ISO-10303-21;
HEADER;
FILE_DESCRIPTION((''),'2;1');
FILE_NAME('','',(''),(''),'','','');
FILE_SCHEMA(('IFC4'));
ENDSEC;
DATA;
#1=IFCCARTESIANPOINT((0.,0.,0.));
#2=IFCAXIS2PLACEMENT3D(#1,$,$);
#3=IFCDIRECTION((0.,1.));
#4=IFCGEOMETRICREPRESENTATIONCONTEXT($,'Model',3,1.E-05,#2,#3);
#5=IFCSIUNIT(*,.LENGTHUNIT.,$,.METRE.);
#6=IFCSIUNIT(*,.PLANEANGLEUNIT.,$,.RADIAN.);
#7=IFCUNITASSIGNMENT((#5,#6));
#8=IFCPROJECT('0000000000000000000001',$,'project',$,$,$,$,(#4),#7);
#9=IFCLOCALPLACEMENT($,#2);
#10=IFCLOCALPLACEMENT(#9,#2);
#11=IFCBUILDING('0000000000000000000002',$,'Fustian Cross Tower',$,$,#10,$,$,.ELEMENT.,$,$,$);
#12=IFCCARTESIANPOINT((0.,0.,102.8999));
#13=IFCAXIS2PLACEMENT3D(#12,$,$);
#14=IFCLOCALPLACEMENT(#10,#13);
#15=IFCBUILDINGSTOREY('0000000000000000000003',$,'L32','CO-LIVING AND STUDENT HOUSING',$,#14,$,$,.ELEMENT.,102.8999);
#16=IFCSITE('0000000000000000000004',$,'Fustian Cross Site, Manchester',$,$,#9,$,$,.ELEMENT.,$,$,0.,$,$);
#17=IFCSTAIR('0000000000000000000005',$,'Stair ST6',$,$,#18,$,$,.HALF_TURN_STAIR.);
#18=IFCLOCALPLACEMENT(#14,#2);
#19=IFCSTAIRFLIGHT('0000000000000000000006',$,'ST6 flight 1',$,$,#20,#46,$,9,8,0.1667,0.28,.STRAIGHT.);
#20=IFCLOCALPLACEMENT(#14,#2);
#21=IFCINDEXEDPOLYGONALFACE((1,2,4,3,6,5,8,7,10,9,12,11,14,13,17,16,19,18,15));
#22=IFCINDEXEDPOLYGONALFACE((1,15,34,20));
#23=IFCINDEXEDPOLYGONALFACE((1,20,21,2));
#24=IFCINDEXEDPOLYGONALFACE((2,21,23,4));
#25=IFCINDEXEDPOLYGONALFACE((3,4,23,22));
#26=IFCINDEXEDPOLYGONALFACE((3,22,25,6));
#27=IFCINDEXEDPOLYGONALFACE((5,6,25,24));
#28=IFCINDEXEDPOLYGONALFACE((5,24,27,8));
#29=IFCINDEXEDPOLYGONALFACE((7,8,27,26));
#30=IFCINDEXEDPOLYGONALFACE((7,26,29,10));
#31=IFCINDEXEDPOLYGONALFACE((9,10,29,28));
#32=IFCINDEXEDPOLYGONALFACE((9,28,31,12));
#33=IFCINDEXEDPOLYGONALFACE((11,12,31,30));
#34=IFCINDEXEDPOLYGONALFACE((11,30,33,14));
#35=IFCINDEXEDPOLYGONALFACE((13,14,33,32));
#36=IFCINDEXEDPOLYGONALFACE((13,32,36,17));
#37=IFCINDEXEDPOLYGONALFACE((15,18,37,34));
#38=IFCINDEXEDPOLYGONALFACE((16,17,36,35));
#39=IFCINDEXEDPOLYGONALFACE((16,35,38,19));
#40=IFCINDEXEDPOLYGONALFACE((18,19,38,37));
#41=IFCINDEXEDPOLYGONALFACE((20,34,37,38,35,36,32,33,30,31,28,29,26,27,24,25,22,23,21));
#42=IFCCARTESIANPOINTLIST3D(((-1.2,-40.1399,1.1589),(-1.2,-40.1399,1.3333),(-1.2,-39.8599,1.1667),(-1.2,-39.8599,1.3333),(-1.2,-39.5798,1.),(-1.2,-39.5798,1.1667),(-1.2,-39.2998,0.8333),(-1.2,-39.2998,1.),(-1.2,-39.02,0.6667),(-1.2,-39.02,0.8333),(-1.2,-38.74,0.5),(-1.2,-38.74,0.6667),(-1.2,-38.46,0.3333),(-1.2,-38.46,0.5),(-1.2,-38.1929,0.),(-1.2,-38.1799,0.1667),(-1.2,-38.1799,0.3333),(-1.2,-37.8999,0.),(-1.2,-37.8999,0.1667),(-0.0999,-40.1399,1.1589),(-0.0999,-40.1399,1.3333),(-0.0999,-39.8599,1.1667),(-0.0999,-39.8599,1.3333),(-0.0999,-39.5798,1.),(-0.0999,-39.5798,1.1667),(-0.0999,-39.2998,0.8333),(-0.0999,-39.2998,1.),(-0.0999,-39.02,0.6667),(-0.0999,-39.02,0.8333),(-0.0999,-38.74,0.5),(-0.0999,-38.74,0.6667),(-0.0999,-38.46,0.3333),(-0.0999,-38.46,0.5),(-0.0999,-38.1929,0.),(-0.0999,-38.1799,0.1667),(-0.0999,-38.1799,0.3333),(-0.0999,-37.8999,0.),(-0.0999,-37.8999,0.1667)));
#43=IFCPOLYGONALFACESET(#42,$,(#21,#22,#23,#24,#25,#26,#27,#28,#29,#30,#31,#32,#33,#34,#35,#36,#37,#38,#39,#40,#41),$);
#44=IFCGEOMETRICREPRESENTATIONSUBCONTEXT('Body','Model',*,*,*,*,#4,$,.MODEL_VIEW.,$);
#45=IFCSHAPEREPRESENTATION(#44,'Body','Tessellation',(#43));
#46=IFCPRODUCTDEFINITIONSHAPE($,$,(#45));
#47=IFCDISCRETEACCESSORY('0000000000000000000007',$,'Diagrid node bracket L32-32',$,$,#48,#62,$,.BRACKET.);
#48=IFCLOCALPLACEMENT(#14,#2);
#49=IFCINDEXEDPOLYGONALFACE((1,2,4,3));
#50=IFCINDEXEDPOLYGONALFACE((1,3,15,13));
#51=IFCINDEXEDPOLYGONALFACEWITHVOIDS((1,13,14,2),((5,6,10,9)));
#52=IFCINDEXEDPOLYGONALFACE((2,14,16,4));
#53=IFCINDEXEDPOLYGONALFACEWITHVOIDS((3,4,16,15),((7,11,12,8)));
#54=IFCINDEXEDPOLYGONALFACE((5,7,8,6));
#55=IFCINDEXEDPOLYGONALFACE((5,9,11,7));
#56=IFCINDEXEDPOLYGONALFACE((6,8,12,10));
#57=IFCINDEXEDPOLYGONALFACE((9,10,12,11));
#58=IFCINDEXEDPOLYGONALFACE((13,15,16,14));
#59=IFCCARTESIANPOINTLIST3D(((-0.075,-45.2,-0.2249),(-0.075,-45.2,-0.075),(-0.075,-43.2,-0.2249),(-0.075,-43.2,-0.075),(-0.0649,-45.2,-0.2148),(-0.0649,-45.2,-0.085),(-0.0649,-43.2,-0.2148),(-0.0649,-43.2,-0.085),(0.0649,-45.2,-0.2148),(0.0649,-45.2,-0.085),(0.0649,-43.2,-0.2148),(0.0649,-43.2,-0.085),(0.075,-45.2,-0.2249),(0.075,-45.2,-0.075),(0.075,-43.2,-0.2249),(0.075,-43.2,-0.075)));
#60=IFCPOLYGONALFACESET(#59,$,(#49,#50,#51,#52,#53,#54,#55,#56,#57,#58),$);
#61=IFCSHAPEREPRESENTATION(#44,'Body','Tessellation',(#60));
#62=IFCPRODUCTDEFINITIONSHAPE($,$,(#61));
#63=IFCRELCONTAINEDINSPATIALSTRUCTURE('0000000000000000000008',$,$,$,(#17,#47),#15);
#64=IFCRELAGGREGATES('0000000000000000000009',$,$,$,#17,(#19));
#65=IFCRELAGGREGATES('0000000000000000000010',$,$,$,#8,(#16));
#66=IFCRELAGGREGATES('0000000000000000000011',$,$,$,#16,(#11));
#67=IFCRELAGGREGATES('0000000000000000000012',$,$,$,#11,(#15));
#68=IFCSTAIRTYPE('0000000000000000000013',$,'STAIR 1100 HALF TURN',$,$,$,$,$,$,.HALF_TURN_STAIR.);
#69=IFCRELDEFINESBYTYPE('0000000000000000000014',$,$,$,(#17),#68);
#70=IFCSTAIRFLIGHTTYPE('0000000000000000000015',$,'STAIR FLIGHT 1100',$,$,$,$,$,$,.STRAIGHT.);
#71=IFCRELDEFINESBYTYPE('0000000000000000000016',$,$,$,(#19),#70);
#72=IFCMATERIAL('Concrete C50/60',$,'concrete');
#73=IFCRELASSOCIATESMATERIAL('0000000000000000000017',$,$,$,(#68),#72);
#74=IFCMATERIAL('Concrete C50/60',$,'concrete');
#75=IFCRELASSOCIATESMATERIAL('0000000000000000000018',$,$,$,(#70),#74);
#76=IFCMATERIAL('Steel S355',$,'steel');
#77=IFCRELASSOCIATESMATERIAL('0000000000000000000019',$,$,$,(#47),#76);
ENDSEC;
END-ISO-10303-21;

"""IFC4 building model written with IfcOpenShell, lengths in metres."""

from ifc_helpers import new_model, si_unit, direction, frame, origin, origin_2d, place, context, subcontext, project, spatial, polyline, hollow_rectangle, outline, extrude, material, type_object, element, aggregate, save


model = new_model("IFC4")

# Units and contexts
model_context = context("Model", 3, precision=1e-05, world=origin(), true_north=direction((0.0, 1.0)))
body_context = subcontext(model_context, "Body", "Model", "MODEL_VIEW")
ifc_project = project(units=[si_unit("LENGTHUNIT", "METRE"), si_unit("PLANEANGLEUNIT", "RADIAN")], contexts=[model_context])

# Site, building, storey
site_placement = place(None, origin())
site = spatial("IfcSite", under=ifc_project, at=site_placement, Name="Fustian Cross Site, Manchester", CompositionType="ELEMENT", RefElevation=0.0)
building_placement = place(site_placement, origin())
building = spatial("IfcBuilding", under=site, at=building_placement, Name="Fustian Cross Tower", CompositionType="ELEMENT")
storey_placement = place(building_placement, frame((0.0, 0.0, 102.8999)))
storey = spatial("IfcBuildingStorey", under=building, at=storey_placement, Name="L32", Description="CO-LIVING AND STUDENT HOUSING", CompositionType="ELEMENT", Elevation=102.8999)

# Stair, stair flight
ifc_material_1 = material(Name="Concrete C50/60", Category="concrete")
stair_type = type_object("IfcStairType", Name="STAIR 1100 HALF TURN", PredefinedType="HALF_TURN_STAIR", material=ifc_material_1)
stair_placement = place(storey_placement, origin())
stair = element("IfcStair", 1, at=stair_placement, inside=storey, type_object=stair_type, Name="Stair ST6", PredefinedType="HALF_TURN_STAIR")
ifc_material_2 = material(Name="Concrete C50/60", Category="concrete")
stair_flight_type = type_object("IfcStairFlightType", Name="STAIR FLIGHT 1100", PredefinedType="STRAIGHT", material=ifc_material_2)
stair_flight_placement = place(storey_placement, frame((-0.6499, -37.8999, 0.0), z_axis=(0.0, 0.0, 1.0), x_axis=(0.0, -1.0, 0.0)))
stair_flight = element("IfcStairFlight", 2, at=stair_flight_placement, type_object=stair_flight_type, Name="ST6 flight 1", NumberOfRisers=9, NumberOfTreads=8, PredefinedType="STRAIGHT", RiserHeight=0.1667, TreadLength=0.28, context=body_context, shape_type="SweptSolid", body=[
    extrude(outline(polyline([(0.0, 0.0), (0.0, 0.1667), (0.28, 0.1667), (0.28, 0.3333), (0.5601, 0.3333), (0.5601, 0.5), (0.8401, 0.5), (0.8401, 0.6667), (1.1201, 0.6667), (1.1201, 0.8333), (1.3999, 0.8333), (1.3999, 1.0), (1.6799, 1.0), (1.6799, 1.1667), (1.96, 1.1667), (1.96, 1.3333), (2.24, 1.3333), (2.24, 1.5), (2.24, 1.1589), (0.293, 0.0), (0.0, 0.0)])), frame((0.0, 0.55, 0.0), z_axis=(0.0, -1.0, 0.0), x_axis=(1.0, 0.0, 0.0)), (0.0, 0.0, 1.0), 1.1001),
])
aggregate(stair, [stair_flight])

# Discrete accessory
ifc_material_3 = material(Name="Steel S355", Category="steel")
discrete_accessory_placement = place(storey_placement, frame((0.0, -45.2, -0.1499), z_axis=(0.0, 1.0, 0.0), x_axis=(-1.0, 0.0, 0.0)))
element("IfcDiscreteAccessory", 3, at=discrete_accessory_placement, inside=storey, material=ifc_material_3, Name="Diagrid node bracket L32-32", PredefinedType="BRACKET", context=body_context, shape_type="SweptSolid", body=[
    extrude(hollow_rectangle(XDim=0.1499, YDim=0.1499, WallThickness=0.01, at=origin_2d()), origin(), (0.0, 0.0, 1.0), 2.0),
])

save(model, "model.ifc")
